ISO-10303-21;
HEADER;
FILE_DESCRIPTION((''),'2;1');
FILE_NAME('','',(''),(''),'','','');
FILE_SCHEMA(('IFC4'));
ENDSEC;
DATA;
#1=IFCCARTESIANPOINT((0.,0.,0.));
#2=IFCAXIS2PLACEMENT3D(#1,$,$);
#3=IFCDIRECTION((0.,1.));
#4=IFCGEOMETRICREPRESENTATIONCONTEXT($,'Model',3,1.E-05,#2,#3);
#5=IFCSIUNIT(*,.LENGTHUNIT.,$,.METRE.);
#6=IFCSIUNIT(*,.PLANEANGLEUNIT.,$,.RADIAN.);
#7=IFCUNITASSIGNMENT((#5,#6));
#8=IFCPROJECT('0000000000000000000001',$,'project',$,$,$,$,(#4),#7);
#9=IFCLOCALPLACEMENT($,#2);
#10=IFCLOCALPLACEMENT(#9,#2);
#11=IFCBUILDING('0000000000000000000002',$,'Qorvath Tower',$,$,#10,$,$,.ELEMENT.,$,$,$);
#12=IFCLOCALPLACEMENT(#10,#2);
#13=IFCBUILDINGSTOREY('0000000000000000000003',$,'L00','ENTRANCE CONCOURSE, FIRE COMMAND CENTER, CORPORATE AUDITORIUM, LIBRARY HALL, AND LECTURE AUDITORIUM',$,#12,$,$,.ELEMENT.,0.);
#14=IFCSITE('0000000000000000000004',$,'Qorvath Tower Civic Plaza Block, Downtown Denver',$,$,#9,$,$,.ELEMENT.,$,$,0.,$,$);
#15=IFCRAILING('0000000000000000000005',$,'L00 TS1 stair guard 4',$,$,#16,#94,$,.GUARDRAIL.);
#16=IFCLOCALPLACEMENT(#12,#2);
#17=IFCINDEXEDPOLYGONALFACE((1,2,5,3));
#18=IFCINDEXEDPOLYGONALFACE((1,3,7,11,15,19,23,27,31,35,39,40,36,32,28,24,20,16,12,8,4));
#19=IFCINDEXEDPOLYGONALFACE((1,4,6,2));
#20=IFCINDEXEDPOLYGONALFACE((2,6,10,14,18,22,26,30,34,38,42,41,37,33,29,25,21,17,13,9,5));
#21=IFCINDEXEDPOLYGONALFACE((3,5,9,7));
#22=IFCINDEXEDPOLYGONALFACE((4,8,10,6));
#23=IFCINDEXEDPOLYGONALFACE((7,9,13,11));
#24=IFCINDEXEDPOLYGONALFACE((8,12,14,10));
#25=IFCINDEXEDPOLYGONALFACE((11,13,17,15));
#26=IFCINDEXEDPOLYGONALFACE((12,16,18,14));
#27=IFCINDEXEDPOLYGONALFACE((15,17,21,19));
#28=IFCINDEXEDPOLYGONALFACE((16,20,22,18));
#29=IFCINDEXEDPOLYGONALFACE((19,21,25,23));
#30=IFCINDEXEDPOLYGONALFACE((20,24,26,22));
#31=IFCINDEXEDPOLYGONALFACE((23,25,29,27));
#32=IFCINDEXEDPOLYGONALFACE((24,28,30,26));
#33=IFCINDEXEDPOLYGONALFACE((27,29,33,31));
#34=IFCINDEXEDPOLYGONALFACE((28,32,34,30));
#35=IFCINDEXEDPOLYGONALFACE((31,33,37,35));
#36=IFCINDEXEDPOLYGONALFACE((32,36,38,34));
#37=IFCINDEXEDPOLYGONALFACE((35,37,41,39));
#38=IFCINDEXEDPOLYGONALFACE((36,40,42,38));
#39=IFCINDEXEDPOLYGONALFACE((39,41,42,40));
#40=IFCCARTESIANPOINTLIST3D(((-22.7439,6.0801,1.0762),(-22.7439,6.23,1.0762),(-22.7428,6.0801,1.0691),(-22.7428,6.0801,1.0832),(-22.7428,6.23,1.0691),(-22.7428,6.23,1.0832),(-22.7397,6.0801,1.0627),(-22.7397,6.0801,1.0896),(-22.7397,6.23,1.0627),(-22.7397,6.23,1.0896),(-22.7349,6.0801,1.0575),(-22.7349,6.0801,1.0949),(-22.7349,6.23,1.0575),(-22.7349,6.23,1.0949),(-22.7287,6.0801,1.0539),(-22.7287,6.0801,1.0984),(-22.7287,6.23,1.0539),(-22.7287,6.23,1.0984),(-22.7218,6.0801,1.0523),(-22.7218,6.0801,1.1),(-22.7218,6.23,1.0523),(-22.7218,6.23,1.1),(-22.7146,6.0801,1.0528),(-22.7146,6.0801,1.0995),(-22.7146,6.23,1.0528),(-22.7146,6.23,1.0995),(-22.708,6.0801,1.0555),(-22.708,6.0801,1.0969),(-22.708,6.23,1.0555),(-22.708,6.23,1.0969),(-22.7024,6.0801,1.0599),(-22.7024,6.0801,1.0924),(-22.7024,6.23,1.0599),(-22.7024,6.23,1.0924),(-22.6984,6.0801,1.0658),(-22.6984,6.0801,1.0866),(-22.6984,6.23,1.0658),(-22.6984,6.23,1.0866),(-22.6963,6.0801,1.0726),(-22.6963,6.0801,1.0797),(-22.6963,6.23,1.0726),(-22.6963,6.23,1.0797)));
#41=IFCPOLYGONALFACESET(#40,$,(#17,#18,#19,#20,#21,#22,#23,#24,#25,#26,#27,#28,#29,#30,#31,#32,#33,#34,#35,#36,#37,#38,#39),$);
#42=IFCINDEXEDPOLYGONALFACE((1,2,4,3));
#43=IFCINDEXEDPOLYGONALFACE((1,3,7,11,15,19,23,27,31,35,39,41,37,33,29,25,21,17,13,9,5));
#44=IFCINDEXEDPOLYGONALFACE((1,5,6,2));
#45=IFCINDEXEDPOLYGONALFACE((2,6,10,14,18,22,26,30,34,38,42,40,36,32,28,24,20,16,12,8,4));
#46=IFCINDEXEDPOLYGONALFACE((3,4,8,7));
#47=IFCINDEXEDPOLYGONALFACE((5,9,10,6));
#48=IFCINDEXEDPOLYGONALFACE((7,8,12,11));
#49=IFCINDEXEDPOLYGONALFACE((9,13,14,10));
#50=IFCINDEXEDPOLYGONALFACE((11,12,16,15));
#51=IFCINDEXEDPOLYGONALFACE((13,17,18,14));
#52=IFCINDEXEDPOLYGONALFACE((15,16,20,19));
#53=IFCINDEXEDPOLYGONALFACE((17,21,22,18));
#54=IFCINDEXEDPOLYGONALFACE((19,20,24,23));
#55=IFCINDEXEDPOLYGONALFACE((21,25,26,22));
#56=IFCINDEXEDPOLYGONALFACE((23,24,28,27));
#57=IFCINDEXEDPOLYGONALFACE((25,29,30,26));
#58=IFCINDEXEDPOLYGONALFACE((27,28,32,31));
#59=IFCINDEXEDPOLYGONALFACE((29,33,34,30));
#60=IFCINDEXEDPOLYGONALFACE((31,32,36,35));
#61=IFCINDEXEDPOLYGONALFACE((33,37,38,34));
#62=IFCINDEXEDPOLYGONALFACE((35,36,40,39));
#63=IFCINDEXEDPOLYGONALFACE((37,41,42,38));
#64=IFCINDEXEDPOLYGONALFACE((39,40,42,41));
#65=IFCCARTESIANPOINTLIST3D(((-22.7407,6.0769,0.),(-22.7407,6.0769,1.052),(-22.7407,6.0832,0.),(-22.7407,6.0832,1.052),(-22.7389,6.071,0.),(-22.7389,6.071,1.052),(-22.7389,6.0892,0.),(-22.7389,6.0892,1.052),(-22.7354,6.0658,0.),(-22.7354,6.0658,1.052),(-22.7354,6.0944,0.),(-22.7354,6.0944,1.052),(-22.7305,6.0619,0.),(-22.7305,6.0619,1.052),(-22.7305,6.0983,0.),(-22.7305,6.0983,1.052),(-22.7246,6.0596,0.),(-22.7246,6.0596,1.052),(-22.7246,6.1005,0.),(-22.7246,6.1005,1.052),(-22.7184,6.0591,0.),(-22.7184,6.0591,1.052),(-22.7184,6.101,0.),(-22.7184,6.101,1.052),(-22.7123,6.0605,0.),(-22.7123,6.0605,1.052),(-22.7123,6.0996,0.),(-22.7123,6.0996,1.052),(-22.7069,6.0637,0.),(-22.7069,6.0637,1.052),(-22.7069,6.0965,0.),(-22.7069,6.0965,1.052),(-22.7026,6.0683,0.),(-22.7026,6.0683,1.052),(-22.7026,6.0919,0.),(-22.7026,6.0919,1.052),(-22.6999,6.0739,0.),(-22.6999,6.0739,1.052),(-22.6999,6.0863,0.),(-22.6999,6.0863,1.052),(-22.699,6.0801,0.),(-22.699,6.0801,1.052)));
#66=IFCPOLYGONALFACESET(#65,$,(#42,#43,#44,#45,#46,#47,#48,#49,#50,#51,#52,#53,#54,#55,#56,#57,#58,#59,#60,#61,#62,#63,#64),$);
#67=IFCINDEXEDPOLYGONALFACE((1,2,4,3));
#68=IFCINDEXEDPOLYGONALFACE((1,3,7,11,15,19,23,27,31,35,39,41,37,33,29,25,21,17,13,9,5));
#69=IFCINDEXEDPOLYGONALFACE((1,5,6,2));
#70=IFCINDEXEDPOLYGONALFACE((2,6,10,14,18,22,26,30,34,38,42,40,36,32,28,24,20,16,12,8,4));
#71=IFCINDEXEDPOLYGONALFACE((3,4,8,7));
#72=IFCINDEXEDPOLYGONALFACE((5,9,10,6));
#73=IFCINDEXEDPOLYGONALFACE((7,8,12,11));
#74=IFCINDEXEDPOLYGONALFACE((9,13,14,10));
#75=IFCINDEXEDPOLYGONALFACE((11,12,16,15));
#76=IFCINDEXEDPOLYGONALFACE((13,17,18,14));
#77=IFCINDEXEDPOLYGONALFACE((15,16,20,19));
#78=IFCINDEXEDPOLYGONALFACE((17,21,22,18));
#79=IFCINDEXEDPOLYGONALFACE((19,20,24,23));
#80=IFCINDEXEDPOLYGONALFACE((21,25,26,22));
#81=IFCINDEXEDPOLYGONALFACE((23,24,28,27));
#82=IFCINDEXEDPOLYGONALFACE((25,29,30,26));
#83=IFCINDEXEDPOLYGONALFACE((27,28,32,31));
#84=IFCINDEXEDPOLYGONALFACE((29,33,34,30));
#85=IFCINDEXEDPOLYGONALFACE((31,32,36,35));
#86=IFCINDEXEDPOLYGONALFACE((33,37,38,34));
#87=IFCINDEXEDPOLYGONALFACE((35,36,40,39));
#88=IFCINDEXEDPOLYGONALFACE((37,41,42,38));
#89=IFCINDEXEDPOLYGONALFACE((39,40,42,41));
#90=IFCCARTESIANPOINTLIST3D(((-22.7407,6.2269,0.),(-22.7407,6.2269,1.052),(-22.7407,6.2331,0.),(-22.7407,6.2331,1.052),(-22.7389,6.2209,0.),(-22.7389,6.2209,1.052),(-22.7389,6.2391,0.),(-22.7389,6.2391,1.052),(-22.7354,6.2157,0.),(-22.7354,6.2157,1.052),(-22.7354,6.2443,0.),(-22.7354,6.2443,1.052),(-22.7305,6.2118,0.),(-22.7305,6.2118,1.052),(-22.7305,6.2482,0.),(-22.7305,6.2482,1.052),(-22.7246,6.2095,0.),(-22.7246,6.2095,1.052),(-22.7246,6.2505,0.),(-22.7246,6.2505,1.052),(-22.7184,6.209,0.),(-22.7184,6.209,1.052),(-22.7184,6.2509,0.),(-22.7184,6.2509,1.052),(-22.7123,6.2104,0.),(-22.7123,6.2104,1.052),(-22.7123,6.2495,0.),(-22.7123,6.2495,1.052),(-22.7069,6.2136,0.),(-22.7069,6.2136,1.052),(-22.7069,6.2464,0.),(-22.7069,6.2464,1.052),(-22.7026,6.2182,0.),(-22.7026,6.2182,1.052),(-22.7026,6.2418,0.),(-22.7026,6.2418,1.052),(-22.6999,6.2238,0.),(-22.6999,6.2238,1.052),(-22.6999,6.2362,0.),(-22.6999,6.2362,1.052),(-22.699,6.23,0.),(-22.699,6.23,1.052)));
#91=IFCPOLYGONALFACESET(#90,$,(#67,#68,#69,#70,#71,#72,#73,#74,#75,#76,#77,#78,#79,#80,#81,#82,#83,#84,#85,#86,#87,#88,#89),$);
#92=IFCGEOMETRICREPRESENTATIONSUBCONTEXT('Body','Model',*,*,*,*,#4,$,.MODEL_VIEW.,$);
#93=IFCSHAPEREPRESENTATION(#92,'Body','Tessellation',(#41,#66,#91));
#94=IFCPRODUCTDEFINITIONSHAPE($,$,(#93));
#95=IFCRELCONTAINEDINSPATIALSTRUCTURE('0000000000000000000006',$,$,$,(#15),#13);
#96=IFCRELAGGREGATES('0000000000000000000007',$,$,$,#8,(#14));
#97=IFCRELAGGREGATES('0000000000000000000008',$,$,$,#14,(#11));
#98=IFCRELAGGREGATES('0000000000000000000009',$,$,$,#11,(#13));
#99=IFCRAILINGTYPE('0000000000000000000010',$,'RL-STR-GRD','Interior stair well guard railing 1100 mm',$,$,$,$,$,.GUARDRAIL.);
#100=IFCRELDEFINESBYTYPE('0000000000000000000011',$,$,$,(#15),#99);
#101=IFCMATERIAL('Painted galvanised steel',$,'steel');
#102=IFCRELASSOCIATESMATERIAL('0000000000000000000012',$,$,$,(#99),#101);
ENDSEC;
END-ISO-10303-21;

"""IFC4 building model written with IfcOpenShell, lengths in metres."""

from ifc_helpers import new_model, si_unit, direction, frame, origin, origin_2d, place, context, subcontext, project, spatial, circle, extrude, material, type_object, element, save


model = new_model("IFC4")

# Units and contexts
model_context = context("Model", 3, precision=1e-05, world=origin(), true_north=direction((0.0, 1.0)))
body_context = subcontext(model_context, "Body", "Model", "MODEL_VIEW")
ifc_project = project(units=[si_unit("LENGTHUNIT", "METRE"), si_unit("PLANEANGLEUNIT", "RADIAN")], contexts=[model_context])

# Site, building, storey
site_placement = place(None, origin())
site = spatial("IfcSite", under=ifc_project, at=site_placement, Name="Qorvath Tower Civic Plaza Block, Downtown Denver", CompositionType="ELEMENT", RefElevation=0.0)
building_placement = place(site_placement, origin())
building = spatial("IfcBuilding", under=site, at=building_placement, Name="Qorvath Tower", CompositionType="ELEMENT")
storey_placement = place(building_placement, origin())
storey = spatial("IfcBuildingStorey", under=building, at=storey_placement, Name="L00", Description="ENTRANCE CONCOURSE, FIRE COMMAND CENTER, CORPORATE AUDITORIUM, LIBRARY HALL, AND LECTURE AUDITORIUM", CompositionType="ELEMENT", Elevation=0.0)

# Railing
ifc_material_1 = material(Name="Painted galvanised steel", Category="steel")
railing_type_1 = type_object("IfcRailingType", Name="RL-STR-GRD", Description="Interior stair well guard railing 1100 mm", PredefinedType="GUARDRAIL", material=ifc_material_1)
railing_1_placement = place(storey_placement, frame((-22.72, 6.0801, 0.0)))
element("IfcRailing", 1, at=railing_1_placement, inside=storey, type_object=railing_type_1, Name="L00 TS1 stair guard 4", PredefinedType="GUARDRAIL", context=body_context, shape_type="SweptSolid", body=[
    extrude(circle(Radius=0.0239, at=origin_2d()), frame((0.0, 0.0, 1.0762), z_axis=(0.0, 1.0, 0.0), x_axis=(-1.0, 0.0, 0.0)), (0.0, 0.0, 1.0), 0.1499),
    extrude(circle(Radius=0.021, at=origin_2d()), origin(), (0.0, 0.0, 1.0), 1.052),
    extrude(circle(Radius=0.021, at=origin_2d()), frame((0.0, 0.1499, 0.0)), (0.0, 0.0, 1.0), 1.052),
])

save(model, "model.ifc")
